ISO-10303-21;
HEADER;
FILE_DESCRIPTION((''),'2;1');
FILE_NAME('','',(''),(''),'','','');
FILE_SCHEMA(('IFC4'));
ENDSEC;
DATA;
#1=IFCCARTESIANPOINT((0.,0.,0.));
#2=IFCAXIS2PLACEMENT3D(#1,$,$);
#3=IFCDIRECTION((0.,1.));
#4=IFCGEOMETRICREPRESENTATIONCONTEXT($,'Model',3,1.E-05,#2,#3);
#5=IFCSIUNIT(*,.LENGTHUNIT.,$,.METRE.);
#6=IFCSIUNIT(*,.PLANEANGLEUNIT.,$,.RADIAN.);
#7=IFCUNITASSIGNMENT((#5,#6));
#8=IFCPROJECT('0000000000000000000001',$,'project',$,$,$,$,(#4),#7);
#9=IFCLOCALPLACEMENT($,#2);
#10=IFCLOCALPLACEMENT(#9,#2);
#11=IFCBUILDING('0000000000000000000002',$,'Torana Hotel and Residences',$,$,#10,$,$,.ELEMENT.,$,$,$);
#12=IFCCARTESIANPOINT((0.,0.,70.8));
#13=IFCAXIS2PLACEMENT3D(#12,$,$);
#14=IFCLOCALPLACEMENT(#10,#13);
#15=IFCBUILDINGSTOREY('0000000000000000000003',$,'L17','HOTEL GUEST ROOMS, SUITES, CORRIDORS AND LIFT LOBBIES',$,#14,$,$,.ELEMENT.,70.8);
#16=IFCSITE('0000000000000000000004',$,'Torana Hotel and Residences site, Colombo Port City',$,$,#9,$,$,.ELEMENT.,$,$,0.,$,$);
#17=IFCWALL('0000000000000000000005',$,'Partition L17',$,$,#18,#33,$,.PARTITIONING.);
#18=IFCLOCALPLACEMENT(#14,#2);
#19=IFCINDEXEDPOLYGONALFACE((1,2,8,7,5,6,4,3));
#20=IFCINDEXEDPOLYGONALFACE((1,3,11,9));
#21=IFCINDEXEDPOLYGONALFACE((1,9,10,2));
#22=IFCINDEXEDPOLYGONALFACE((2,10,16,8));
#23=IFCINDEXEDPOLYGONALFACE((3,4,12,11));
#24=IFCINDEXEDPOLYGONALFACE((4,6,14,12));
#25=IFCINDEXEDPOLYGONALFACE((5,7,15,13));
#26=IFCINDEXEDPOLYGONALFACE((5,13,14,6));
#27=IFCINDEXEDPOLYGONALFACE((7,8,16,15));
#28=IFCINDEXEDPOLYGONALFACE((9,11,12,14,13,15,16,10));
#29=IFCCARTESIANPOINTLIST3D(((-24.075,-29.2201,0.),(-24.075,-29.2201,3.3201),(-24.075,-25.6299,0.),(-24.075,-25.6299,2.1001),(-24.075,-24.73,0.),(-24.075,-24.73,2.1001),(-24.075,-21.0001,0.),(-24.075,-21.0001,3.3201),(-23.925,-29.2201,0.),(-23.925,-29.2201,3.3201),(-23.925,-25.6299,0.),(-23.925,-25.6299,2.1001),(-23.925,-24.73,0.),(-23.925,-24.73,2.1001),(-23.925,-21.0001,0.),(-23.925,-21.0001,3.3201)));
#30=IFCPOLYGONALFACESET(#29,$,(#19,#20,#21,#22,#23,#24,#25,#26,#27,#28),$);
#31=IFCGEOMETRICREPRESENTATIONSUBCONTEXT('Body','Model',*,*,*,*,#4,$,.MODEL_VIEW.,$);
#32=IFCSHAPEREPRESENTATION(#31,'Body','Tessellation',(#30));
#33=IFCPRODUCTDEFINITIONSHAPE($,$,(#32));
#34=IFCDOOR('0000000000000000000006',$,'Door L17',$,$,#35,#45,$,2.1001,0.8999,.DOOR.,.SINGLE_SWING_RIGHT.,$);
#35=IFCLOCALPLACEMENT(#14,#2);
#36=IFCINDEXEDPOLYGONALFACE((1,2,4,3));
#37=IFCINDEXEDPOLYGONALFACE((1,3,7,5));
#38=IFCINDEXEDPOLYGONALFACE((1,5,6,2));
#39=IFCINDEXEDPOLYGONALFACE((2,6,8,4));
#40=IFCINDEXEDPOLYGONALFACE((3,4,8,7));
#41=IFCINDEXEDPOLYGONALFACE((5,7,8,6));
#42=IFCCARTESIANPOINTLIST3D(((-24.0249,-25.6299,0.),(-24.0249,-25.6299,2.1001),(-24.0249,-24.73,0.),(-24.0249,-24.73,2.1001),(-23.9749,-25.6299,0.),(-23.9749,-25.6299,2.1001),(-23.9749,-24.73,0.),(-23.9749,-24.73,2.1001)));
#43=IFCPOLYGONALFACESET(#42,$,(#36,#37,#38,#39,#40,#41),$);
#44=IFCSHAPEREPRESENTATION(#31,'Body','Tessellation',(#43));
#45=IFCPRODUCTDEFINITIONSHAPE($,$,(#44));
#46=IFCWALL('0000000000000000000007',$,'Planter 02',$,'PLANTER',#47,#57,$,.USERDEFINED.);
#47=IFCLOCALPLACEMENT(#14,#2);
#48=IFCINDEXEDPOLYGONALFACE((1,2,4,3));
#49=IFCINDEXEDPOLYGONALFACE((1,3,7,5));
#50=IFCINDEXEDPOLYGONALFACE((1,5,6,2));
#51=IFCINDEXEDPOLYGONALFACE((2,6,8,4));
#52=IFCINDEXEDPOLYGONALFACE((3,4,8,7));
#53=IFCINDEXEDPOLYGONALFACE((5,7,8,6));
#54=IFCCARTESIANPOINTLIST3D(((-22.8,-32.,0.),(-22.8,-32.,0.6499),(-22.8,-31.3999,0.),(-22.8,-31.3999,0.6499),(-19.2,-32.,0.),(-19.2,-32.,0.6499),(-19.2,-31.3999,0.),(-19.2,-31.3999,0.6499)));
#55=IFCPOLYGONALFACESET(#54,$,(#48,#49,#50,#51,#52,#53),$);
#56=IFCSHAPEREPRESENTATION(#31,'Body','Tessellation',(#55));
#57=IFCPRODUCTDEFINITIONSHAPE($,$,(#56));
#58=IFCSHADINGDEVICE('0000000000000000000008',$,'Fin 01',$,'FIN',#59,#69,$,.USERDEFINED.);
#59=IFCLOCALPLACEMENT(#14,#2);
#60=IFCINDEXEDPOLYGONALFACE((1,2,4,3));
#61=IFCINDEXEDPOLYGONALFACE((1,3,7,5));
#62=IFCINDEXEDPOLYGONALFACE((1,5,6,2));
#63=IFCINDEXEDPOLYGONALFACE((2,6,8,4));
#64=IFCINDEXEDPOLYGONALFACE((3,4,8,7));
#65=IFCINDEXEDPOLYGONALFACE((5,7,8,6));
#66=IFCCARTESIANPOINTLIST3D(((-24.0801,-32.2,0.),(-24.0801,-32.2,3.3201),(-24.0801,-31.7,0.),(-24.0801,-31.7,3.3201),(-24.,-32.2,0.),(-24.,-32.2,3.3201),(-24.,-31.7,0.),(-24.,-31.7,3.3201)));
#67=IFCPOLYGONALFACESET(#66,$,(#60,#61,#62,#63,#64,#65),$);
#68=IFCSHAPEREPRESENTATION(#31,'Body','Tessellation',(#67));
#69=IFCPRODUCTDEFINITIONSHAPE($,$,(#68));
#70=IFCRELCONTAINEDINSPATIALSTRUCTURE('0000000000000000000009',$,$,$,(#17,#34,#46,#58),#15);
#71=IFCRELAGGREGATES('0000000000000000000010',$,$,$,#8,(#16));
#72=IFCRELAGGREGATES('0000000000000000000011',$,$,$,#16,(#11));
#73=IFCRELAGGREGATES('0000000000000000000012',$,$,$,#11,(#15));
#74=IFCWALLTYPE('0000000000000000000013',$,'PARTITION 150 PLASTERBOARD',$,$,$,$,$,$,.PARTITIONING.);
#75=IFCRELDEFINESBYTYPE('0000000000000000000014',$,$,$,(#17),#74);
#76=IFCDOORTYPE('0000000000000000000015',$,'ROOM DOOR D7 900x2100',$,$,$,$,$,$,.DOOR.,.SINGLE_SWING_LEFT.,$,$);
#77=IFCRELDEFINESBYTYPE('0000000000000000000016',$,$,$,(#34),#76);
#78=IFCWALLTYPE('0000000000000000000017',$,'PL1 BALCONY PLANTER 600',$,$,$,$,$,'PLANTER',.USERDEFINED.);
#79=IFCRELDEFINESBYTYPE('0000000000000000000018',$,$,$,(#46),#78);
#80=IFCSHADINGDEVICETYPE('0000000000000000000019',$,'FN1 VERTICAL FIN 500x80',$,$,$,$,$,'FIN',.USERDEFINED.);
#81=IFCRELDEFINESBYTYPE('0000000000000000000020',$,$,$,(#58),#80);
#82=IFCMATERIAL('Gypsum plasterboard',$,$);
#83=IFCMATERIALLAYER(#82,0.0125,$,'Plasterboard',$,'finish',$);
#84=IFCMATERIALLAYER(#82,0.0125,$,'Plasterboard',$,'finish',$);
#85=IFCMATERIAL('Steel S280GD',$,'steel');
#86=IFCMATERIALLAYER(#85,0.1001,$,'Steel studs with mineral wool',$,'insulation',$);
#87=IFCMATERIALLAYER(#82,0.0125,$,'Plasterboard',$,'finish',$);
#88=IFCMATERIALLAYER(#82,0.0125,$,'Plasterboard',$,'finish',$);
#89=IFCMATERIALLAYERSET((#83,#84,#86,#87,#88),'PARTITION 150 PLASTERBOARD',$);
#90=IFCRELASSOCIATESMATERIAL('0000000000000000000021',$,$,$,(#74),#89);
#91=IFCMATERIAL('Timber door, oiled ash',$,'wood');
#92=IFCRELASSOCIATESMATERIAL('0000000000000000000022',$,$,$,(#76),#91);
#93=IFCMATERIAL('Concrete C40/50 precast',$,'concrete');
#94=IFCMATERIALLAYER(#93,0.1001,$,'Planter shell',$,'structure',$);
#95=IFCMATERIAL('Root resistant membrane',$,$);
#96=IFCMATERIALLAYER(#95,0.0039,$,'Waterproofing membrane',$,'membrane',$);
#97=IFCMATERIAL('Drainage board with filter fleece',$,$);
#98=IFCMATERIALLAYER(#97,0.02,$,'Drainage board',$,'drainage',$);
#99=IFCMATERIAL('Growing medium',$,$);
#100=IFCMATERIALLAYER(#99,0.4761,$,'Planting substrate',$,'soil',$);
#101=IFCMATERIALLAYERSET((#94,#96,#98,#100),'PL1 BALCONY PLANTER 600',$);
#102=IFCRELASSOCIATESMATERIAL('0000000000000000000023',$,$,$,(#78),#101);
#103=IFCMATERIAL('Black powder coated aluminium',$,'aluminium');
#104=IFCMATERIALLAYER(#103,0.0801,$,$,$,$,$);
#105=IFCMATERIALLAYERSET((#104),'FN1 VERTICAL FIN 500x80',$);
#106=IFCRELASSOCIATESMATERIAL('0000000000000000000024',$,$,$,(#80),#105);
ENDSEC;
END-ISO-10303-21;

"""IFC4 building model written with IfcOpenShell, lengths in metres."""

from ifc_helpers import new_model, si_unit, direction, frame, frame_2d, origin, origin_2d, place, context, subcontext, project, spatial, rectangle, extrude, material, layer, layer_set, type_object, element, fill, save


model = new_model("IFC4")

# Units and contexts
model_context = context("Model", 3, precision=1e-05, world=origin(), true_north=direction((0.0, 1.0)))
body_context = subcontext(model_context, "Body", "Model", "MODEL_VIEW")
ifc_project = project(units=[si_unit("LENGTHUNIT", "METRE"), si_unit("PLANEANGLEUNIT", "RADIAN")], contexts=[model_context])

# Site, building, storey
site_placement = place(None, origin())
site = spatial("IfcSite", under=ifc_project, at=site_placement, Name="Torana Hotel and Residences site, Colombo Port City", CompositionType="ELEMENT", RefElevation=0.0)
building_placement = place(site_placement, origin())
building = spatial("IfcBuilding", under=site, at=building_placement, Name="Torana Hotel and Residences", CompositionType="ELEMENT")
storey_placement = place(building_placement, frame((0.0, 0.0, 70.8)))
storey = spatial("IfcBuildingStorey", under=building, at=storey_placement, Name="L17", Description="HOTEL GUEST ROOMS, SUITES, CORRIDORS AND LIFT LOBBIES", CompositionType="ELEMENT", Elevation=70.8)

# Wall, opening, door
ifc_material_1 = material(Name="Gypsum plasterboard")
ifc_layer_1 = layer(ifc_material_1, 0.0125, Name="Plasterboard", Category="finish")
ifc_layer_2 = layer(ifc_material_1, 0.0125, Name="Plasterboard", Category="finish")
ifc_material_2 = material(Name="Steel S280GD", Category="steel")
ifc_layer_3 = layer(ifc_material_2, 0.1001, Name="Steel studs with mineral wool", Category="insulation")
ifc_layer_4 = layer(ifc_material_1, 0.0125, Name="Plasterboard", Category="finish")
ifc_layer_5 = layer(ifc_material_1, 0.0125, Name="Plasterboard", Category="finish")
ifc_layer_set_1 = layer_set([ifc_layer_1, ifc_layer_2, ifc_layer_3, ifc_layer_4, ifc_layer_5], Name="PARTITION 150 PLASTERBOARD")
wall_type_1 = type_object("IfcWallType", Name="PARTITION 150 PLASTERBOARD", PredefinedType="PARTITIONING", material=ifc_layer_set_1)
wall_1_placement = place(storey_placement, frame((-24.0, -29.22, 0.0), z_axis=(0.0, 0.0, 1.0), x_axis=(0.0, 1.0, 0.0)))
wall_1 = element("IfcWall", 1, at=wall_1_placement, inside=storey, type_object=wall_type_1, Name="Partition L17", PredefinedType="PARTITIONING", context=body_context, shape_type="SweptSolid", body=[
    extrude(rectangle(XDim=8.22, YDim=0.1499, at=frame_2d((4.1099, 0.0))), origin(), (0.0, 0.0, 1.0), 3.3201),
])
opening_placement = place(wall_1_placement, frame((3.5901, 0.0, 0.0)))
opening = element("IfcOpeningElement", 2, at=opening_placement, cuts=wall_1, PredefinedType="OPENING", context=body_context, shape_type="SweptSolid", body=[
    extrude(rectangle(XDim=0.8999, YDim=2.1001, at=frame_2d((0.45, 1.05))), frame((0.0, 0.085, 0.0), z_axis=(0.0, -1.0, 0.0), x_axis=(1.0, 0.0, 0.0)), (0.0, 0.0, 1.0), 0.1699),
])
ifc_material_3 = material(Name="Timber door, oiled ash", Category="wood")
door_type = type_object("IfcDoorType", Name="ROOM DOOR D7 900x2100", OperationType="SINGLE_SWING_LEFT", PredefinedType="DOOR", material=ifc_material_3)
door_placement = place(opening_placement, origin())
door = element("IfcDoor", 3, at=door_placement, inside=storey, type_object=door_type, Name="Door L17", OperationType="SINGLE_SWING_RIGHT", OverallHeight=2.1001, OverallWidth=0.8999, PredefinedType="DOOR", context=body_context, shape_type="SweptSolid", body=[
    extrude(rectangle(XDim=0.8999, YDim=2.1001, at=frame_2d((0.45, 1.05))), frame((0.0, 0.0249, 0.0), z_axis=(0.0, -1.0, 0.0), x_axis=(1.0, 0.0, 0.0)), (0.0, 0.0, 1.0), 0.05),
])
fill(opening, door)

# Wall
ifc_material_4 = material(Name="Concrete C40/50 precast", Category="concrete")
ifc_layer_6 = layer(ifc_material_4, 0.1001, Name="Planter shell", Category="structure")
ifc_material_5 = material(Name="Root resistant membrane")
ifc_layer_7 = layer(ifc_material_5, 0.0039, Name="Waterproofing membrane", Category="membrane")
ifc_material_6 = material(Name="Drainage board with filter fleece")
ifc_layer_8 = layer(ifc_material_6, 0.02, Name="Drainage board", Category="drainage")
ifc_material_7 = material(Name="Growing medium")
ifc_layer_9 = layer(ifc_material_7, 0.4761, Name="Planting substrate", Category="soil")
ifc_layer_set_2 = layer_set([ifc_layer_6, ifc_layer_7, ifc_layer_8, ifc_layer_9], Name="PL1 BALCONY PLANTER 600")
wall_type_2 = type_object("IfcWallType", Name="PL1 BALCONY PLANTER 600", ElementType="PLANTER", PredefinedType="USERDEFINED", material=ifc_layer_set_2)
wall_2_placement = place(storey_placement, frame((-19.2, -31.7, 0.0), z_axis=(0.0, 0.0, 1.0), x_axis=(-1.0, 0.0, 0.0)))
element("IfcWall", 4, at=wall_2_placement, inside=storey, type_object=wall_type_2, Name="Planter 02", ObjectType="PLANTER", PredefinedType="USERDEFINED", context=body_context, shape_type="SweptSolid", body=[
    extrude(rectangle(XDim=3.6001, YDim=0.6001, at=frame_2d((1.8, 0.0))), origin(), (0.0, 0.0, 1.0), 0.6499),
])

# Shading device
ifc_material_8 = material(Name="Black powder coated aluminium", Category="aluminium")
ifc_layer_10 = layer(ifc_material_8, 0.0801)
ifc_layer_set_3 = layer_set([ifc_layer_10], Name="FN1 VERTICAL FIN 500x80")
shading_device_type = type_object("IfcShadingDeviceType", Name="FN1 VERTICAL FIN 500x80", ElementType="FIN", PredefinedType="USERDEFINED", material=ifc_layer_set_3)
shading_device_placement = place(storey_placement, frame((-24.04, -31.95, 0.0), z_axis=(0.0, 0.0, 1.0), x_axis=(-1.0, 0.0, 0.0)))
element("IfcShadingDevice", 5, at=shading_device_placement, inside=storey, type_object=shading_device_type, Name="Fin 01", ObjectType="FIN", PredefinedType="USERDEFINED", context=body_context, shape_type="SweptSolid", body=[
    extrude(rectangle(XDim=0.0801, YDim=0.5, at=origin_2d()), origin(), (0.0, 0.0, 1.0), 3.3201),
])

save(model, "model.ifc")
